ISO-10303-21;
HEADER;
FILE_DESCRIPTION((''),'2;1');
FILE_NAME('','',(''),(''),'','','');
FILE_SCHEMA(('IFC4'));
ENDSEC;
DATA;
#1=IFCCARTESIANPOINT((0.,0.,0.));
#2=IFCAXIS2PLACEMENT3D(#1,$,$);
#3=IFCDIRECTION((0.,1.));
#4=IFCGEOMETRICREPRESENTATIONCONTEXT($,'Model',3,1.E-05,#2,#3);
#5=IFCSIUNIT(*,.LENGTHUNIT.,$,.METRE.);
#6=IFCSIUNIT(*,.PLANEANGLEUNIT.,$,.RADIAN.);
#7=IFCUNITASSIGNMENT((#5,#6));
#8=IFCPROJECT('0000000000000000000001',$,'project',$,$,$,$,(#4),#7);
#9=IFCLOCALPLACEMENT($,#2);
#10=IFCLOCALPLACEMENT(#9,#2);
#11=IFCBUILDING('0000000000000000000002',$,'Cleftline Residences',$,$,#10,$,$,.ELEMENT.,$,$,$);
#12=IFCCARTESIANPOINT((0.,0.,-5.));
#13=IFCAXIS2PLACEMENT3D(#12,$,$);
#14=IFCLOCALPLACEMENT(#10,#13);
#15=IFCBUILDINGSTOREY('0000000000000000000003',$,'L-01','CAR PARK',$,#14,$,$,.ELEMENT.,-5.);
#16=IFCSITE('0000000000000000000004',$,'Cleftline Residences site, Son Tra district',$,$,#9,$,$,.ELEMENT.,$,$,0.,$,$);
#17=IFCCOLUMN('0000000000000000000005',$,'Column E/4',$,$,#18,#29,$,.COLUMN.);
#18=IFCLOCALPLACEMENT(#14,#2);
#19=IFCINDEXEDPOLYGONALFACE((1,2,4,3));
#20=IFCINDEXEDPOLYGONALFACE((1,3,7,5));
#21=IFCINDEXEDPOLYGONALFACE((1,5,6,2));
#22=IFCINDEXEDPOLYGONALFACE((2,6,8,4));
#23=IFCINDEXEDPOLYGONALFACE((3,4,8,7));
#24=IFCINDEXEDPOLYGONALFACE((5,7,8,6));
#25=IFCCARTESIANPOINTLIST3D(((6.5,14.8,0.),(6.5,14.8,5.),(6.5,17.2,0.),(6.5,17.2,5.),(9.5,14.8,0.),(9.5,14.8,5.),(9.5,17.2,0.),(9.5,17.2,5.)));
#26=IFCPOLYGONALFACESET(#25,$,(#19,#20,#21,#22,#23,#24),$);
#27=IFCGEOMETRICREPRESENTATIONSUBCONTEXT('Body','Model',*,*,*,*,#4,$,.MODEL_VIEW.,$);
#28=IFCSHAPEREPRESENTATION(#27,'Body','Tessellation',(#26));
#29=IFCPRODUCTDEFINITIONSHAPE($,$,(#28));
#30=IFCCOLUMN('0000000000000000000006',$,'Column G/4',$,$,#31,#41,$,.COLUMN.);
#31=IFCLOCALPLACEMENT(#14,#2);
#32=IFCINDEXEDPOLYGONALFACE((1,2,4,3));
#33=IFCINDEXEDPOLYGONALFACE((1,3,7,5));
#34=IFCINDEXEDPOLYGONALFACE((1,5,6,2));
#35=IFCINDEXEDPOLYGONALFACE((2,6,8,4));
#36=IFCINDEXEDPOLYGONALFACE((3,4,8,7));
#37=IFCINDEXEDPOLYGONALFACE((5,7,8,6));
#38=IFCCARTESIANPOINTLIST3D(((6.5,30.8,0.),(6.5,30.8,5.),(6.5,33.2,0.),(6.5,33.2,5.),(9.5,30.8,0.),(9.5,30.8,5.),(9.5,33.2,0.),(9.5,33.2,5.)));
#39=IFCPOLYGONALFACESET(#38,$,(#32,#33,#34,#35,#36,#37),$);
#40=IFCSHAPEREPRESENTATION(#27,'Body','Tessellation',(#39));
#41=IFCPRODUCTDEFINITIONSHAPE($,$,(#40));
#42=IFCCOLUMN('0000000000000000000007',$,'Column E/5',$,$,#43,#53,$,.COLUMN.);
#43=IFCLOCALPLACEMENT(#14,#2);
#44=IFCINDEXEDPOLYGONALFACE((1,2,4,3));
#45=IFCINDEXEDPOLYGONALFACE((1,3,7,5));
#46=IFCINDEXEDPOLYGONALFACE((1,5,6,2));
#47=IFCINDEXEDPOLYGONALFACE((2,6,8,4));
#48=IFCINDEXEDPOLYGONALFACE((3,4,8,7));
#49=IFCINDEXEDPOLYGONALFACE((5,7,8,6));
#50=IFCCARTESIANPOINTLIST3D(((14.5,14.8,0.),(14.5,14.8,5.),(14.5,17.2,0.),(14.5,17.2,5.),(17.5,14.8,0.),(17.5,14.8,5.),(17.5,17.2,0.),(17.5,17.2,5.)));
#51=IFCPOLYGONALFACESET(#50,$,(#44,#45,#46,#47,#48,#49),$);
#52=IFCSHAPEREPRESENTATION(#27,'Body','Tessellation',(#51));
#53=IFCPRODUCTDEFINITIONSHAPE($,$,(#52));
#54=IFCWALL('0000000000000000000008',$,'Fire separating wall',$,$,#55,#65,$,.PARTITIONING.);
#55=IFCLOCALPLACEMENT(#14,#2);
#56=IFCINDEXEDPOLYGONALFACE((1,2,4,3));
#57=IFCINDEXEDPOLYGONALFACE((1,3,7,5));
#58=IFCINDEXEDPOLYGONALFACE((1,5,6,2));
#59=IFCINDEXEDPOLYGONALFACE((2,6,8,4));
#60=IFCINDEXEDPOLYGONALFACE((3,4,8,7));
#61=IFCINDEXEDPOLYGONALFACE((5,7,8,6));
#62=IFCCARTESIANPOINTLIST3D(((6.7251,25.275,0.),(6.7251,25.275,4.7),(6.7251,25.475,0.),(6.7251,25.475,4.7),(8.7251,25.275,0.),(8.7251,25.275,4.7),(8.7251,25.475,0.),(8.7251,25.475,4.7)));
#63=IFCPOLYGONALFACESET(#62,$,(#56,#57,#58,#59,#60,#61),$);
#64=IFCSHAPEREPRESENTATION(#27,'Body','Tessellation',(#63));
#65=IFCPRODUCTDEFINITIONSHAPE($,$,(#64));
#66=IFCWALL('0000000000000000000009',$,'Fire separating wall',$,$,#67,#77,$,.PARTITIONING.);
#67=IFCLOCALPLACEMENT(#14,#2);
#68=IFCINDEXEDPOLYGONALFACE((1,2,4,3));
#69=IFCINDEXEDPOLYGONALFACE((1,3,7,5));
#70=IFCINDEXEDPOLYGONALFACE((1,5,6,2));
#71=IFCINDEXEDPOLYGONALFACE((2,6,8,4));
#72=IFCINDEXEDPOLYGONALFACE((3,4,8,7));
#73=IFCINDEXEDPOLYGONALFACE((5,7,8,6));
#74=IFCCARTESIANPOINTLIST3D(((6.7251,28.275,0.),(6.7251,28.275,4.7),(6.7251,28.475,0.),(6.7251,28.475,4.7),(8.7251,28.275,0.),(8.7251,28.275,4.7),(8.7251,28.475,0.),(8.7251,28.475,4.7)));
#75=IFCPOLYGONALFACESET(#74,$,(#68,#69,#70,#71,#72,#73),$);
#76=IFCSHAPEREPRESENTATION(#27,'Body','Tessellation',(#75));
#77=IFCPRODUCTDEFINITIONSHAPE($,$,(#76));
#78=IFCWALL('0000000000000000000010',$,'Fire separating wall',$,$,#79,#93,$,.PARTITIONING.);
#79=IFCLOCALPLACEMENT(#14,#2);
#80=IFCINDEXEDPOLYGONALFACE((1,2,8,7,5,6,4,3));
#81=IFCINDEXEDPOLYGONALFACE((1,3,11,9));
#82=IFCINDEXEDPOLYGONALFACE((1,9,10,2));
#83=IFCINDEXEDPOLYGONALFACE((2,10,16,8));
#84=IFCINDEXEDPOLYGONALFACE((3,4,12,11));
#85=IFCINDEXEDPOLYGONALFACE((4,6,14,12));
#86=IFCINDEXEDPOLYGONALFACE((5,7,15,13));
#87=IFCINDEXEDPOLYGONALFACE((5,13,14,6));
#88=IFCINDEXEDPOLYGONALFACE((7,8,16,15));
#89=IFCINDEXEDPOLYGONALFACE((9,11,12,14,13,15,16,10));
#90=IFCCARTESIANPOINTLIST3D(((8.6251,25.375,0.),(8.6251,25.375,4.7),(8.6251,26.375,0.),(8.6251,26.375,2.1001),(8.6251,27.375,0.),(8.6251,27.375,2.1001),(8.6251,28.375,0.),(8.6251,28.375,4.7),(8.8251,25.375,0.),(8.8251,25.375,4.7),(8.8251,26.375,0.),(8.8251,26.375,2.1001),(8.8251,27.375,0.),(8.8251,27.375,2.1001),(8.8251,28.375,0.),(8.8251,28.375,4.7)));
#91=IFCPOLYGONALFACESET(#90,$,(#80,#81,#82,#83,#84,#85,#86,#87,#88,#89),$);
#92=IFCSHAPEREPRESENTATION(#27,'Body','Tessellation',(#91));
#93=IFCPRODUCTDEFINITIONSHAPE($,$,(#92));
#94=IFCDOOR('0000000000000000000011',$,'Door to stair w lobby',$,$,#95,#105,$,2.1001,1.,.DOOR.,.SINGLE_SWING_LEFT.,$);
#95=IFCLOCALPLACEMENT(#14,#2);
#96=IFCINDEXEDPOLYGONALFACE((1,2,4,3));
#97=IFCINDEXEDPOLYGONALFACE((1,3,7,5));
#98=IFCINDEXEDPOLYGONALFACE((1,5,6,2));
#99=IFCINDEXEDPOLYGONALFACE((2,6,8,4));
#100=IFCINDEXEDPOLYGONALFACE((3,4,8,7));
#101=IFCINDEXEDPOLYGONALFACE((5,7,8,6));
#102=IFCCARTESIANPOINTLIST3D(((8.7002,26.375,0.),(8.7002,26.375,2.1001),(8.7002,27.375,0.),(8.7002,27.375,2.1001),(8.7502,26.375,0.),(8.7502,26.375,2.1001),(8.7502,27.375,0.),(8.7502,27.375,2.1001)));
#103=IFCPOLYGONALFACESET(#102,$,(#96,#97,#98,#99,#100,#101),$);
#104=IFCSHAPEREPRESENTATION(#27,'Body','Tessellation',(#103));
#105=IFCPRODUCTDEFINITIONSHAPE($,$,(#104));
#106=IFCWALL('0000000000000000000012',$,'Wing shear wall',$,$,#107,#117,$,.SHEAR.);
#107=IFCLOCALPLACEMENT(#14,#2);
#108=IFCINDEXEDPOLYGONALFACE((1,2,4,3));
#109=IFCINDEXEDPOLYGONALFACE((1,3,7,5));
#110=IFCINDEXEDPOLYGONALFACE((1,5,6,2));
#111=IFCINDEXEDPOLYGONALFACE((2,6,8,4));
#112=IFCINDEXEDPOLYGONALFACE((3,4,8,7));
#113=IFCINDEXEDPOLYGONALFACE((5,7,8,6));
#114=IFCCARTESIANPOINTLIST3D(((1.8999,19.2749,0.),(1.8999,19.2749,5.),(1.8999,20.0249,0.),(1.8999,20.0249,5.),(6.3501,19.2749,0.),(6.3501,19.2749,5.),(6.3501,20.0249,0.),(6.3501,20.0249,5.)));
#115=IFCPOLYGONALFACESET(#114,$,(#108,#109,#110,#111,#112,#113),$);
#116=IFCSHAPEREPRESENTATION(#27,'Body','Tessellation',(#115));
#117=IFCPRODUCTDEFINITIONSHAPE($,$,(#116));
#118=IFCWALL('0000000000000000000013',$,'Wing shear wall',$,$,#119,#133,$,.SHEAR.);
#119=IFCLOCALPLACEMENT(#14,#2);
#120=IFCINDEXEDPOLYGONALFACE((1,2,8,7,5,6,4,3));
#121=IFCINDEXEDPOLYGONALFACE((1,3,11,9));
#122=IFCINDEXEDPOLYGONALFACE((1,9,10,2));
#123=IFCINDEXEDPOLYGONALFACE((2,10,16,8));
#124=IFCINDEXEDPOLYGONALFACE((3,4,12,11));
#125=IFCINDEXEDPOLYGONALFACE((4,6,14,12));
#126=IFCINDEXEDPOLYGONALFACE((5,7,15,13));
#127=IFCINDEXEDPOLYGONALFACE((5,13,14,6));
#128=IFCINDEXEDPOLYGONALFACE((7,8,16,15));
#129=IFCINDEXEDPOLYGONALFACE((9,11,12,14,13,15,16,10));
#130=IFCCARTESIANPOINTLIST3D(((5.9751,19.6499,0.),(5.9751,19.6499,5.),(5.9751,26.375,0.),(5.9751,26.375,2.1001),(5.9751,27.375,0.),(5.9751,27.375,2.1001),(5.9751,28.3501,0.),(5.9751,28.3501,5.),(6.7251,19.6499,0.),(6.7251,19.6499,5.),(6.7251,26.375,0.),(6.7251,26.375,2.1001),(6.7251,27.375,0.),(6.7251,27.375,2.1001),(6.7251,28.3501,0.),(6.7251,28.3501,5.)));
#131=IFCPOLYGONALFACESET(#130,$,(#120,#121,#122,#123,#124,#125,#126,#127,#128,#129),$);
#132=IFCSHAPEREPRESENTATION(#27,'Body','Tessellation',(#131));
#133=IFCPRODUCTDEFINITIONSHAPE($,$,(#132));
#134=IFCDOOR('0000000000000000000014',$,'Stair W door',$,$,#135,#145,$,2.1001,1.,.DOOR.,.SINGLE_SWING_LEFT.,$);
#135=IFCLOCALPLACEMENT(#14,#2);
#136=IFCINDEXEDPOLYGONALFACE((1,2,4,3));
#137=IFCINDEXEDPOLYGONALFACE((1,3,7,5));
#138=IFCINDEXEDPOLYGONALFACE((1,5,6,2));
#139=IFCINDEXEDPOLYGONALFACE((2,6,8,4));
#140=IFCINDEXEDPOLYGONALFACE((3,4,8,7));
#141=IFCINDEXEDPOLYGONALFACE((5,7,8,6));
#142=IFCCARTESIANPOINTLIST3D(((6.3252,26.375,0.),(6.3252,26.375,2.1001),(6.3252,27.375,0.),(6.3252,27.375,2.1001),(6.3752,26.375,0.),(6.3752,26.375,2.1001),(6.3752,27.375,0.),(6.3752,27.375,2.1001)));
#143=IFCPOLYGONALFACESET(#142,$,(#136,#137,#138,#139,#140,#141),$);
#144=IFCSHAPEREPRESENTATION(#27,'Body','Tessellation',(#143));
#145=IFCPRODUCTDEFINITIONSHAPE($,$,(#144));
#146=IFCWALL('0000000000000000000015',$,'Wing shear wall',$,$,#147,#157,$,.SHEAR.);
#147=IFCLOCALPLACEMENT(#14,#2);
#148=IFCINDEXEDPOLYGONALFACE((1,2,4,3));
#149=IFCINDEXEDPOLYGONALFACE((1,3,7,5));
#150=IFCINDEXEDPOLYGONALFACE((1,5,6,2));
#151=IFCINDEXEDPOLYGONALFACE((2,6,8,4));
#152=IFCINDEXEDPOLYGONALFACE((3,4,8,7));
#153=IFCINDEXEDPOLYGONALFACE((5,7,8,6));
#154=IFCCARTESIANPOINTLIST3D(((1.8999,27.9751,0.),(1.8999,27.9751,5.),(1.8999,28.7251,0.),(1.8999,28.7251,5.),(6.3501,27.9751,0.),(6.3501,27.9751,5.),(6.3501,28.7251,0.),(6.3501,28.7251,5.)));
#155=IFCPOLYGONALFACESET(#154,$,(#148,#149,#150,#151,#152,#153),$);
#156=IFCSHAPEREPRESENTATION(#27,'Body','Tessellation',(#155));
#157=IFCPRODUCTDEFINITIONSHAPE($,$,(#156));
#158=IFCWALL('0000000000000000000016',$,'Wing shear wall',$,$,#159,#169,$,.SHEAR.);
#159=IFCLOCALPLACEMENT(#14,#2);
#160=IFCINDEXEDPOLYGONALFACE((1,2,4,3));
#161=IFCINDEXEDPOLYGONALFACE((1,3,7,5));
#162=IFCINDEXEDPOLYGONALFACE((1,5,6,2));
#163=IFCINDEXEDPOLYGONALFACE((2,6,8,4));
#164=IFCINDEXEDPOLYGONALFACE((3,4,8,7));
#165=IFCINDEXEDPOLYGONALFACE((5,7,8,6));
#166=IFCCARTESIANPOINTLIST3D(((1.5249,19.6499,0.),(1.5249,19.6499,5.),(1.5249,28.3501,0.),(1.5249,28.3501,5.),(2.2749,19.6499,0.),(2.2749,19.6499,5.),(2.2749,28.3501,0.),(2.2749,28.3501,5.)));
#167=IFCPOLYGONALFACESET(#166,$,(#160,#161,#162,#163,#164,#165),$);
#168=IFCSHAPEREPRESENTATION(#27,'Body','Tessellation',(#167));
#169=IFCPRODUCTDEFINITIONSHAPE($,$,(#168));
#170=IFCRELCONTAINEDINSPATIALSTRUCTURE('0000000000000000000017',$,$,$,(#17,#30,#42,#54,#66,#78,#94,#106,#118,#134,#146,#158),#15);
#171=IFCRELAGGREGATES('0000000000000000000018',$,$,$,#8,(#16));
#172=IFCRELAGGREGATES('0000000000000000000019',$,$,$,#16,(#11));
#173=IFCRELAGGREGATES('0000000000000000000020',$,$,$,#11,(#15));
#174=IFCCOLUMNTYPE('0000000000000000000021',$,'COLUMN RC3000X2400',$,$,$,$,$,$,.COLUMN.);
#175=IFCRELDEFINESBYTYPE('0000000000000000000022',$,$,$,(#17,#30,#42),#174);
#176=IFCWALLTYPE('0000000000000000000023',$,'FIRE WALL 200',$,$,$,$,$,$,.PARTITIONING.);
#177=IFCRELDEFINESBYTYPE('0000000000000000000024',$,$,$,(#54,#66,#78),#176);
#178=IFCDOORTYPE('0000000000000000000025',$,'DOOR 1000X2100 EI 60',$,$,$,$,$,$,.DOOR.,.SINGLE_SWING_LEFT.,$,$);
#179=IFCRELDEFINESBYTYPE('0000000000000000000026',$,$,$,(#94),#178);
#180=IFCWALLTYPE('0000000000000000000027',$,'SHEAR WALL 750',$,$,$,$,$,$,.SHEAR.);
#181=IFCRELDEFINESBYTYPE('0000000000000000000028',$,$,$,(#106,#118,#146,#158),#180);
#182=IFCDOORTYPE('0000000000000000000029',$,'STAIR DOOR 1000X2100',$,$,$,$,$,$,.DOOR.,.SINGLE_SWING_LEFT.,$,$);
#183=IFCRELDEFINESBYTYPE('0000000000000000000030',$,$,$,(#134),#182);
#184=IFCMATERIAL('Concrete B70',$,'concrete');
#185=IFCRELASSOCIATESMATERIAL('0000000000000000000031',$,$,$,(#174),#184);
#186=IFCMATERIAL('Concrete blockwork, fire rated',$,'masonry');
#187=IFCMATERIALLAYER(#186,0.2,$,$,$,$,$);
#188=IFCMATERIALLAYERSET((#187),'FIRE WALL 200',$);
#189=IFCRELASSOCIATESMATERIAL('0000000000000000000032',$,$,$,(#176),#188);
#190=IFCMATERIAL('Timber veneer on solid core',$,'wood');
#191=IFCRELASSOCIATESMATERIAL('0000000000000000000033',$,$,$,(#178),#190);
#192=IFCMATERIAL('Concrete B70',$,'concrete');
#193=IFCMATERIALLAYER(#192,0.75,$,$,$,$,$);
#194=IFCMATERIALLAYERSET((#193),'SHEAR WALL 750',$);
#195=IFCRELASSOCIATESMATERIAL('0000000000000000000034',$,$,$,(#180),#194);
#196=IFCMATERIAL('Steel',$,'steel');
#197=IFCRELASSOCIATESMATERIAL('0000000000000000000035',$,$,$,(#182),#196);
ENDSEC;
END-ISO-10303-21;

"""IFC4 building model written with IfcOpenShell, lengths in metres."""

from ifc_helpers import new_model, si_unit, direction, frame, frame_2d, origin, origin_2d, place, context, subcontext, project, spatial, rectangle, extrude, material, layer, layer_set, material_profile, profile_set, type_object, element, fill, save


model = new_model("IFC4")

# Units and contexts
model_context = context("Model", 3, precision=1e-05, world=origin(), true_north=direction((0.0, 1.0)))
body_context = subcontext(model_context, "Body", "Model", "MODEL_VIEW")
ifc_project = project(units=[si_unit("LENGTHUNIT", "METRE"), si_unit("PLANEANGLEUNIT", "RADIAN")], contexts=[model_context])

# Site, building, storey
site_placement = place(None, origin())
site = spatial("IfcSite", under=ifc_project, at=site_placement, Name="Cleftline Residences site, Son Tra district", CompositionType="ELEMENT", RefElevation=0.0)
building_placement = place(site_placement, origin())
building = spatial("IfcBuilding", under=site, at=building_placement, Name="Cleftline Residences", CompositionType="ELEMENT")
storey_placement = place(building_placement, frame((0.0, 0.0, -5.0)))
storey = spatial("IfcBuildingStorey", under=building, at=storey_placement, Name="L-01", Description="CAR PARK", CompositionType="ELEMENT", Elevation=-5.0)

# Columns
ifc_material_1 = material(Name="Concrete B70", Category="concrete")
ifc_material_profile_1 = material_profile(ifc_material_1, rectangle(XDim=3.0, YDim=2.3999, at=origin_2d()))
ifc_profile_set_1 = profile_set([ifc_material_profile_1], Name="Concrete B70")
column_type_1 = type_object("IfcColumnType", Name="COLUMN RC3000X2400", PredefinedType="COLUMN", material=ifc_profile_set_1)
for number, where, z_axis, x_axis, name in (
    (1, (8.0, 16.0, 0.0), (0.0, 0.0, 1.0), (1.0, 0.0, 0.0), "Column E/4"),
    (2, (8.0, 32.0, 0.0), (0.0, 0.0, 1.0), (1.0, 0.0, 0.0), "Column G/4"),
    (3, (16.0, 16.0, 0.0), (0.0, 0.0, 1.0), (1.0, 0.0, 0.0), "Column E/5"),
):
    element("IfcColumn", number, at=place(storey_placement, frame(where, z_axis=z_axis, x_axis=x_axis)), inside=storey, type_object=column_type_1, Name=name, PredefinedType="COLUMN", context=body_context, shape_type="SweptSolid", body=[
        extrude(rectangle(XDim=3.0, YDim=2.3999, at=origin_2d()), origin(), (0.0, 0.0, 1.0), 5.0),
    ])

# Walls
ifc_material_2 = material(Name="Concrete blockwork, fire rated", Category="masonry")
ifc_layer_1 = layer(ifc_material_2, 0.2)
ifc_layer_set_1 = layer_set([ifc_layer_1], Name="FIRE WALL 200")
wall_type_1 = type_object("IfcWallType", Name="FIRE WALL 200", PredefinedType="PARTITIONING", material=ifc_layer_set_1)
for number, where, z_axis, x_axis, name in (
    (4, (6.7251, 25.375, 0.0), (0.0, 0.0, 1.0), (1.0, 0.0, 0.0), "Fire separating wall"),
    (5, (6.7251, 28.375, 0.0), (0.0, 0.0, 1.0), (1.0, 0.0, 0.0), "Fire separating wall"),
):
    element("IfcWall", number, at=place(storey_placement, frame(where, z_axis=z_axis, x_axis=x_axis)), inside=storey, type_object=wall_type_1, Name=name, PredefinedType="PARTITIONING", context=body_context, shape_type="SweptSolid", body=[
        extrude(rectangle(XDim=2.0, YDim=0.2, at=frame_2d((1.0, 0.0))), origin(), (0.0, 0.0, 1.0), 4.7),
    ])

# Wall, opening, door
wall_1_placement = place(storey_placement, frame((8.7251, 25.375, 0.0), z_axis=(0.0, 0.0, 1.0), x_axis=(0.0, 1.0, 0.0)))
wall_1 = element("IfcWall", 6, at=wall_1_placement, inside=storey, type_object=wall_type_1, Name="Fire separating wall", PredefinedType="PARTITIONING", context=body_context, shape_type="SweptSolid", body=[
    extrude(rectangle(XDim=3.0, YDim=0.2, at=frame_2d((1.5, 0.0))), origin(), (0.0, 0.0, 1.0), 4.7),
])
opening_1_placement = place(wall_1_placement, frame((1.0, 0.0, 0.0)))
opening_1 = element("IfcOpeningElement", 7, at=opening_1_placement, cuts=wall_1, PredefinedType="OPENING", context=body_context, shape_type="SweptSolid", body=[
    extrude(rectangle(XDim=1.0, YDim=2.1001, at=frame_2d((0.5, 1.05))), frame((0.0, 0.1099, 0.0), z_axis=(0.0, -1.0, 0.0), x_axis=(1.0, 0.0, 0.0)), (0.0, 0.0, 1.0), 0.22),
])
ifc_material_3 = material(Name="Timber veneer on solid core", Category="wood")
door_type_1 = type_object("IfcDoorType", Name="DOOR 1000X2100 EI 60", OperationType="SINGLE_SWING_LEFT", PredefinedType="DOOR", material=ifc_material_3)
door_1_placement = place(opening_1_placement, origin())
door_1 = element("IfcDoor", 8, at=door_1_placement, inside=storey, type_object=door_type_1, Name="Door to stair w lobby", OperationType="SINGLE_SWING_LEFT", OverallHeight=2.1001, OverallWidth=1.0, PredefinedType="DOOR", context=body_context, shape_type="SweptSolid", body=[
    extrude(rectangle(XDim=1.0, YDim=2.1001, at=frame_2d((0.5, 1.05))), frame((0.0, 0.0249, 0.0), z_axis=(0.0, -1.0, 0.0), x_axis=(1.0, 0.0, 0.0)), (0.0, 0.0, 1.0), 0.05),
])
fill(opening_1, door_1)

# Wall
ifc_material_4 = material(Name="Concrete B70", Category="concrete")
ifc_layer_2 = layer(ifc_material_4, 0.75)
ifc_layer_set_2 = layer_set([ifc_layer_2], Name="SHEAR WALL 750")
wall_type_2 = type_object("IfcWallType", Name="SHEAR WALL 750", PredefinedType="SHEAR", material=ifc_layer_set_2)
wall_2_placement = place(storey_placement, frame((1.8999, 19.6499, 0.0), z_axis=(0.0, 0.0, 1.0), x_axis=(1.0, 0.0, 0.0)))
element("IfcWall", 9, at=wall_2_placement, inside=storey, type_object=wall_type_2, Name="Wing shear wall", PredefinedType="SHEAR", context=body_context, shape_type="SweptSolid", body=[
    extrude(rectangle(XDim=4.4502, YDim=0.75, at=frame_2d((2.2251, 0.0))), origin(), (0.0, 0.0, 1.0), 5.0),
])

# Wall, opening, door
wall_3_placement = place(storey_placement, frame((6.3501, 19.6499, 0.0), z_axis=(0.0, 0.0, 1.0), x_axis=(0.0, 1.0, 0.0)))
wall_3 = element("IfcWall", 10, at=wall_3_placement, inside=storey, type_object=wall_type_2, Name="Wing shear wall", PredefinedType="SHEAR", context=body_context, shape_type="SweptSolid", body=[
    extrude(rectangle(XDim=8.7002, YDim=0.75, at=frame_2d((4.3501, 0.0))), origin(), (0.0, 0.0, 1.0), 5.0),
])
opening_2_placement = place(wall_3_placement, frame((6.7251, 0.0, 0.0)))
opening_2 = element("IfcOpeningElement", 11, at=opening_2_placement, cuts=wall_3, PredefinedType="OPENING", context=body_context, shape_type="SweptSolid", body=[
    extrude(rectangle(XDim=1.0, YDim=2.1001, at=frame_2d((0.5, 1.05))), frame((0.0, 0.385, 0.0), z_axis=(0.0, -1.0, 0.0), x_axis=(1.0, 0.0, 0.0)), (0.0, 0.0, 1.0), 0.77),
])
ifc_material_5 = material(Name="Steel", Category="steel")
door_type_2 = type_object("IfcDoorType", Name="STAIR DOOR 1000X2100", OperationType="SINGLE_SWING_LEFT", PredefinedType="DOOR", material=ifc_material_5)
door_2_placement = place(opening_2_placement, origin())
door_2 = element("IfcDoor", 12, at=door_2_placement, inside=storey, type_object=door_type_2, Name="Stair W door", OperationType="SINGLE_SWING_LEFT", OverallHeight=2.1001, OverallWidth=1.0, PredefinedType="DOOR", context=body_context, shape_type="SweptSolid", body=[
    extrude(rectangle(XDim=1.0, YDim=2.1001, at=frame_2d((0.5, 1.05))), frame((0.0, 0.0249, 0.0), z_axis=(0.0, -1.0, 0.0), x_axis=(1.0, 0.0, 0.0)), (0.0, 0.0, 1.0), 0.05),
])
fill(opening_2, door_2)

# Walls
wall_4_placement = place(storey_placement, frame((6.3501, 28.3501, 0.0), z_axis=(0.0, 0.0, 1.0), x_axis=(-1.0, 0.0, 0.0)))
element("IfcWall", 13, at=wall_4_placement, inside=storey, type_object=wall_type_2, Name="Wing shear wall", PredefinedType="SHEAR", context=body_context, shape_type="SweptSolid", body=[
    extrude(rectangle(XDim=4.4502, YDim=0.75, at=frame_2d((2.2251, 0.0))), origin(), (0.0, 0.0, 1.0), 5.0),
])
wall_5_placement = place(storey_placement, frame((1.8999, 28.3501, 0.0), z_axis=(0.0, 0.0, 1.0), x_axis=(0.0, -1.0, 0.0)))
element("IfcWall", 14, at=wall_5_placement, inside=storey, type_object=wall_type_2, Name="Wing shear wall", PredefinedType="SHEAR", context=body_context, shape_type="SweptSolid", body=[
    extrude(rectangle(XDim=8.7002, YDim=0.75, at=frame_2d((4.3501, 0.0))), origin(), (0.0, 0.0, 1.0), 5.0),
])

save(model, "model.ifc")
